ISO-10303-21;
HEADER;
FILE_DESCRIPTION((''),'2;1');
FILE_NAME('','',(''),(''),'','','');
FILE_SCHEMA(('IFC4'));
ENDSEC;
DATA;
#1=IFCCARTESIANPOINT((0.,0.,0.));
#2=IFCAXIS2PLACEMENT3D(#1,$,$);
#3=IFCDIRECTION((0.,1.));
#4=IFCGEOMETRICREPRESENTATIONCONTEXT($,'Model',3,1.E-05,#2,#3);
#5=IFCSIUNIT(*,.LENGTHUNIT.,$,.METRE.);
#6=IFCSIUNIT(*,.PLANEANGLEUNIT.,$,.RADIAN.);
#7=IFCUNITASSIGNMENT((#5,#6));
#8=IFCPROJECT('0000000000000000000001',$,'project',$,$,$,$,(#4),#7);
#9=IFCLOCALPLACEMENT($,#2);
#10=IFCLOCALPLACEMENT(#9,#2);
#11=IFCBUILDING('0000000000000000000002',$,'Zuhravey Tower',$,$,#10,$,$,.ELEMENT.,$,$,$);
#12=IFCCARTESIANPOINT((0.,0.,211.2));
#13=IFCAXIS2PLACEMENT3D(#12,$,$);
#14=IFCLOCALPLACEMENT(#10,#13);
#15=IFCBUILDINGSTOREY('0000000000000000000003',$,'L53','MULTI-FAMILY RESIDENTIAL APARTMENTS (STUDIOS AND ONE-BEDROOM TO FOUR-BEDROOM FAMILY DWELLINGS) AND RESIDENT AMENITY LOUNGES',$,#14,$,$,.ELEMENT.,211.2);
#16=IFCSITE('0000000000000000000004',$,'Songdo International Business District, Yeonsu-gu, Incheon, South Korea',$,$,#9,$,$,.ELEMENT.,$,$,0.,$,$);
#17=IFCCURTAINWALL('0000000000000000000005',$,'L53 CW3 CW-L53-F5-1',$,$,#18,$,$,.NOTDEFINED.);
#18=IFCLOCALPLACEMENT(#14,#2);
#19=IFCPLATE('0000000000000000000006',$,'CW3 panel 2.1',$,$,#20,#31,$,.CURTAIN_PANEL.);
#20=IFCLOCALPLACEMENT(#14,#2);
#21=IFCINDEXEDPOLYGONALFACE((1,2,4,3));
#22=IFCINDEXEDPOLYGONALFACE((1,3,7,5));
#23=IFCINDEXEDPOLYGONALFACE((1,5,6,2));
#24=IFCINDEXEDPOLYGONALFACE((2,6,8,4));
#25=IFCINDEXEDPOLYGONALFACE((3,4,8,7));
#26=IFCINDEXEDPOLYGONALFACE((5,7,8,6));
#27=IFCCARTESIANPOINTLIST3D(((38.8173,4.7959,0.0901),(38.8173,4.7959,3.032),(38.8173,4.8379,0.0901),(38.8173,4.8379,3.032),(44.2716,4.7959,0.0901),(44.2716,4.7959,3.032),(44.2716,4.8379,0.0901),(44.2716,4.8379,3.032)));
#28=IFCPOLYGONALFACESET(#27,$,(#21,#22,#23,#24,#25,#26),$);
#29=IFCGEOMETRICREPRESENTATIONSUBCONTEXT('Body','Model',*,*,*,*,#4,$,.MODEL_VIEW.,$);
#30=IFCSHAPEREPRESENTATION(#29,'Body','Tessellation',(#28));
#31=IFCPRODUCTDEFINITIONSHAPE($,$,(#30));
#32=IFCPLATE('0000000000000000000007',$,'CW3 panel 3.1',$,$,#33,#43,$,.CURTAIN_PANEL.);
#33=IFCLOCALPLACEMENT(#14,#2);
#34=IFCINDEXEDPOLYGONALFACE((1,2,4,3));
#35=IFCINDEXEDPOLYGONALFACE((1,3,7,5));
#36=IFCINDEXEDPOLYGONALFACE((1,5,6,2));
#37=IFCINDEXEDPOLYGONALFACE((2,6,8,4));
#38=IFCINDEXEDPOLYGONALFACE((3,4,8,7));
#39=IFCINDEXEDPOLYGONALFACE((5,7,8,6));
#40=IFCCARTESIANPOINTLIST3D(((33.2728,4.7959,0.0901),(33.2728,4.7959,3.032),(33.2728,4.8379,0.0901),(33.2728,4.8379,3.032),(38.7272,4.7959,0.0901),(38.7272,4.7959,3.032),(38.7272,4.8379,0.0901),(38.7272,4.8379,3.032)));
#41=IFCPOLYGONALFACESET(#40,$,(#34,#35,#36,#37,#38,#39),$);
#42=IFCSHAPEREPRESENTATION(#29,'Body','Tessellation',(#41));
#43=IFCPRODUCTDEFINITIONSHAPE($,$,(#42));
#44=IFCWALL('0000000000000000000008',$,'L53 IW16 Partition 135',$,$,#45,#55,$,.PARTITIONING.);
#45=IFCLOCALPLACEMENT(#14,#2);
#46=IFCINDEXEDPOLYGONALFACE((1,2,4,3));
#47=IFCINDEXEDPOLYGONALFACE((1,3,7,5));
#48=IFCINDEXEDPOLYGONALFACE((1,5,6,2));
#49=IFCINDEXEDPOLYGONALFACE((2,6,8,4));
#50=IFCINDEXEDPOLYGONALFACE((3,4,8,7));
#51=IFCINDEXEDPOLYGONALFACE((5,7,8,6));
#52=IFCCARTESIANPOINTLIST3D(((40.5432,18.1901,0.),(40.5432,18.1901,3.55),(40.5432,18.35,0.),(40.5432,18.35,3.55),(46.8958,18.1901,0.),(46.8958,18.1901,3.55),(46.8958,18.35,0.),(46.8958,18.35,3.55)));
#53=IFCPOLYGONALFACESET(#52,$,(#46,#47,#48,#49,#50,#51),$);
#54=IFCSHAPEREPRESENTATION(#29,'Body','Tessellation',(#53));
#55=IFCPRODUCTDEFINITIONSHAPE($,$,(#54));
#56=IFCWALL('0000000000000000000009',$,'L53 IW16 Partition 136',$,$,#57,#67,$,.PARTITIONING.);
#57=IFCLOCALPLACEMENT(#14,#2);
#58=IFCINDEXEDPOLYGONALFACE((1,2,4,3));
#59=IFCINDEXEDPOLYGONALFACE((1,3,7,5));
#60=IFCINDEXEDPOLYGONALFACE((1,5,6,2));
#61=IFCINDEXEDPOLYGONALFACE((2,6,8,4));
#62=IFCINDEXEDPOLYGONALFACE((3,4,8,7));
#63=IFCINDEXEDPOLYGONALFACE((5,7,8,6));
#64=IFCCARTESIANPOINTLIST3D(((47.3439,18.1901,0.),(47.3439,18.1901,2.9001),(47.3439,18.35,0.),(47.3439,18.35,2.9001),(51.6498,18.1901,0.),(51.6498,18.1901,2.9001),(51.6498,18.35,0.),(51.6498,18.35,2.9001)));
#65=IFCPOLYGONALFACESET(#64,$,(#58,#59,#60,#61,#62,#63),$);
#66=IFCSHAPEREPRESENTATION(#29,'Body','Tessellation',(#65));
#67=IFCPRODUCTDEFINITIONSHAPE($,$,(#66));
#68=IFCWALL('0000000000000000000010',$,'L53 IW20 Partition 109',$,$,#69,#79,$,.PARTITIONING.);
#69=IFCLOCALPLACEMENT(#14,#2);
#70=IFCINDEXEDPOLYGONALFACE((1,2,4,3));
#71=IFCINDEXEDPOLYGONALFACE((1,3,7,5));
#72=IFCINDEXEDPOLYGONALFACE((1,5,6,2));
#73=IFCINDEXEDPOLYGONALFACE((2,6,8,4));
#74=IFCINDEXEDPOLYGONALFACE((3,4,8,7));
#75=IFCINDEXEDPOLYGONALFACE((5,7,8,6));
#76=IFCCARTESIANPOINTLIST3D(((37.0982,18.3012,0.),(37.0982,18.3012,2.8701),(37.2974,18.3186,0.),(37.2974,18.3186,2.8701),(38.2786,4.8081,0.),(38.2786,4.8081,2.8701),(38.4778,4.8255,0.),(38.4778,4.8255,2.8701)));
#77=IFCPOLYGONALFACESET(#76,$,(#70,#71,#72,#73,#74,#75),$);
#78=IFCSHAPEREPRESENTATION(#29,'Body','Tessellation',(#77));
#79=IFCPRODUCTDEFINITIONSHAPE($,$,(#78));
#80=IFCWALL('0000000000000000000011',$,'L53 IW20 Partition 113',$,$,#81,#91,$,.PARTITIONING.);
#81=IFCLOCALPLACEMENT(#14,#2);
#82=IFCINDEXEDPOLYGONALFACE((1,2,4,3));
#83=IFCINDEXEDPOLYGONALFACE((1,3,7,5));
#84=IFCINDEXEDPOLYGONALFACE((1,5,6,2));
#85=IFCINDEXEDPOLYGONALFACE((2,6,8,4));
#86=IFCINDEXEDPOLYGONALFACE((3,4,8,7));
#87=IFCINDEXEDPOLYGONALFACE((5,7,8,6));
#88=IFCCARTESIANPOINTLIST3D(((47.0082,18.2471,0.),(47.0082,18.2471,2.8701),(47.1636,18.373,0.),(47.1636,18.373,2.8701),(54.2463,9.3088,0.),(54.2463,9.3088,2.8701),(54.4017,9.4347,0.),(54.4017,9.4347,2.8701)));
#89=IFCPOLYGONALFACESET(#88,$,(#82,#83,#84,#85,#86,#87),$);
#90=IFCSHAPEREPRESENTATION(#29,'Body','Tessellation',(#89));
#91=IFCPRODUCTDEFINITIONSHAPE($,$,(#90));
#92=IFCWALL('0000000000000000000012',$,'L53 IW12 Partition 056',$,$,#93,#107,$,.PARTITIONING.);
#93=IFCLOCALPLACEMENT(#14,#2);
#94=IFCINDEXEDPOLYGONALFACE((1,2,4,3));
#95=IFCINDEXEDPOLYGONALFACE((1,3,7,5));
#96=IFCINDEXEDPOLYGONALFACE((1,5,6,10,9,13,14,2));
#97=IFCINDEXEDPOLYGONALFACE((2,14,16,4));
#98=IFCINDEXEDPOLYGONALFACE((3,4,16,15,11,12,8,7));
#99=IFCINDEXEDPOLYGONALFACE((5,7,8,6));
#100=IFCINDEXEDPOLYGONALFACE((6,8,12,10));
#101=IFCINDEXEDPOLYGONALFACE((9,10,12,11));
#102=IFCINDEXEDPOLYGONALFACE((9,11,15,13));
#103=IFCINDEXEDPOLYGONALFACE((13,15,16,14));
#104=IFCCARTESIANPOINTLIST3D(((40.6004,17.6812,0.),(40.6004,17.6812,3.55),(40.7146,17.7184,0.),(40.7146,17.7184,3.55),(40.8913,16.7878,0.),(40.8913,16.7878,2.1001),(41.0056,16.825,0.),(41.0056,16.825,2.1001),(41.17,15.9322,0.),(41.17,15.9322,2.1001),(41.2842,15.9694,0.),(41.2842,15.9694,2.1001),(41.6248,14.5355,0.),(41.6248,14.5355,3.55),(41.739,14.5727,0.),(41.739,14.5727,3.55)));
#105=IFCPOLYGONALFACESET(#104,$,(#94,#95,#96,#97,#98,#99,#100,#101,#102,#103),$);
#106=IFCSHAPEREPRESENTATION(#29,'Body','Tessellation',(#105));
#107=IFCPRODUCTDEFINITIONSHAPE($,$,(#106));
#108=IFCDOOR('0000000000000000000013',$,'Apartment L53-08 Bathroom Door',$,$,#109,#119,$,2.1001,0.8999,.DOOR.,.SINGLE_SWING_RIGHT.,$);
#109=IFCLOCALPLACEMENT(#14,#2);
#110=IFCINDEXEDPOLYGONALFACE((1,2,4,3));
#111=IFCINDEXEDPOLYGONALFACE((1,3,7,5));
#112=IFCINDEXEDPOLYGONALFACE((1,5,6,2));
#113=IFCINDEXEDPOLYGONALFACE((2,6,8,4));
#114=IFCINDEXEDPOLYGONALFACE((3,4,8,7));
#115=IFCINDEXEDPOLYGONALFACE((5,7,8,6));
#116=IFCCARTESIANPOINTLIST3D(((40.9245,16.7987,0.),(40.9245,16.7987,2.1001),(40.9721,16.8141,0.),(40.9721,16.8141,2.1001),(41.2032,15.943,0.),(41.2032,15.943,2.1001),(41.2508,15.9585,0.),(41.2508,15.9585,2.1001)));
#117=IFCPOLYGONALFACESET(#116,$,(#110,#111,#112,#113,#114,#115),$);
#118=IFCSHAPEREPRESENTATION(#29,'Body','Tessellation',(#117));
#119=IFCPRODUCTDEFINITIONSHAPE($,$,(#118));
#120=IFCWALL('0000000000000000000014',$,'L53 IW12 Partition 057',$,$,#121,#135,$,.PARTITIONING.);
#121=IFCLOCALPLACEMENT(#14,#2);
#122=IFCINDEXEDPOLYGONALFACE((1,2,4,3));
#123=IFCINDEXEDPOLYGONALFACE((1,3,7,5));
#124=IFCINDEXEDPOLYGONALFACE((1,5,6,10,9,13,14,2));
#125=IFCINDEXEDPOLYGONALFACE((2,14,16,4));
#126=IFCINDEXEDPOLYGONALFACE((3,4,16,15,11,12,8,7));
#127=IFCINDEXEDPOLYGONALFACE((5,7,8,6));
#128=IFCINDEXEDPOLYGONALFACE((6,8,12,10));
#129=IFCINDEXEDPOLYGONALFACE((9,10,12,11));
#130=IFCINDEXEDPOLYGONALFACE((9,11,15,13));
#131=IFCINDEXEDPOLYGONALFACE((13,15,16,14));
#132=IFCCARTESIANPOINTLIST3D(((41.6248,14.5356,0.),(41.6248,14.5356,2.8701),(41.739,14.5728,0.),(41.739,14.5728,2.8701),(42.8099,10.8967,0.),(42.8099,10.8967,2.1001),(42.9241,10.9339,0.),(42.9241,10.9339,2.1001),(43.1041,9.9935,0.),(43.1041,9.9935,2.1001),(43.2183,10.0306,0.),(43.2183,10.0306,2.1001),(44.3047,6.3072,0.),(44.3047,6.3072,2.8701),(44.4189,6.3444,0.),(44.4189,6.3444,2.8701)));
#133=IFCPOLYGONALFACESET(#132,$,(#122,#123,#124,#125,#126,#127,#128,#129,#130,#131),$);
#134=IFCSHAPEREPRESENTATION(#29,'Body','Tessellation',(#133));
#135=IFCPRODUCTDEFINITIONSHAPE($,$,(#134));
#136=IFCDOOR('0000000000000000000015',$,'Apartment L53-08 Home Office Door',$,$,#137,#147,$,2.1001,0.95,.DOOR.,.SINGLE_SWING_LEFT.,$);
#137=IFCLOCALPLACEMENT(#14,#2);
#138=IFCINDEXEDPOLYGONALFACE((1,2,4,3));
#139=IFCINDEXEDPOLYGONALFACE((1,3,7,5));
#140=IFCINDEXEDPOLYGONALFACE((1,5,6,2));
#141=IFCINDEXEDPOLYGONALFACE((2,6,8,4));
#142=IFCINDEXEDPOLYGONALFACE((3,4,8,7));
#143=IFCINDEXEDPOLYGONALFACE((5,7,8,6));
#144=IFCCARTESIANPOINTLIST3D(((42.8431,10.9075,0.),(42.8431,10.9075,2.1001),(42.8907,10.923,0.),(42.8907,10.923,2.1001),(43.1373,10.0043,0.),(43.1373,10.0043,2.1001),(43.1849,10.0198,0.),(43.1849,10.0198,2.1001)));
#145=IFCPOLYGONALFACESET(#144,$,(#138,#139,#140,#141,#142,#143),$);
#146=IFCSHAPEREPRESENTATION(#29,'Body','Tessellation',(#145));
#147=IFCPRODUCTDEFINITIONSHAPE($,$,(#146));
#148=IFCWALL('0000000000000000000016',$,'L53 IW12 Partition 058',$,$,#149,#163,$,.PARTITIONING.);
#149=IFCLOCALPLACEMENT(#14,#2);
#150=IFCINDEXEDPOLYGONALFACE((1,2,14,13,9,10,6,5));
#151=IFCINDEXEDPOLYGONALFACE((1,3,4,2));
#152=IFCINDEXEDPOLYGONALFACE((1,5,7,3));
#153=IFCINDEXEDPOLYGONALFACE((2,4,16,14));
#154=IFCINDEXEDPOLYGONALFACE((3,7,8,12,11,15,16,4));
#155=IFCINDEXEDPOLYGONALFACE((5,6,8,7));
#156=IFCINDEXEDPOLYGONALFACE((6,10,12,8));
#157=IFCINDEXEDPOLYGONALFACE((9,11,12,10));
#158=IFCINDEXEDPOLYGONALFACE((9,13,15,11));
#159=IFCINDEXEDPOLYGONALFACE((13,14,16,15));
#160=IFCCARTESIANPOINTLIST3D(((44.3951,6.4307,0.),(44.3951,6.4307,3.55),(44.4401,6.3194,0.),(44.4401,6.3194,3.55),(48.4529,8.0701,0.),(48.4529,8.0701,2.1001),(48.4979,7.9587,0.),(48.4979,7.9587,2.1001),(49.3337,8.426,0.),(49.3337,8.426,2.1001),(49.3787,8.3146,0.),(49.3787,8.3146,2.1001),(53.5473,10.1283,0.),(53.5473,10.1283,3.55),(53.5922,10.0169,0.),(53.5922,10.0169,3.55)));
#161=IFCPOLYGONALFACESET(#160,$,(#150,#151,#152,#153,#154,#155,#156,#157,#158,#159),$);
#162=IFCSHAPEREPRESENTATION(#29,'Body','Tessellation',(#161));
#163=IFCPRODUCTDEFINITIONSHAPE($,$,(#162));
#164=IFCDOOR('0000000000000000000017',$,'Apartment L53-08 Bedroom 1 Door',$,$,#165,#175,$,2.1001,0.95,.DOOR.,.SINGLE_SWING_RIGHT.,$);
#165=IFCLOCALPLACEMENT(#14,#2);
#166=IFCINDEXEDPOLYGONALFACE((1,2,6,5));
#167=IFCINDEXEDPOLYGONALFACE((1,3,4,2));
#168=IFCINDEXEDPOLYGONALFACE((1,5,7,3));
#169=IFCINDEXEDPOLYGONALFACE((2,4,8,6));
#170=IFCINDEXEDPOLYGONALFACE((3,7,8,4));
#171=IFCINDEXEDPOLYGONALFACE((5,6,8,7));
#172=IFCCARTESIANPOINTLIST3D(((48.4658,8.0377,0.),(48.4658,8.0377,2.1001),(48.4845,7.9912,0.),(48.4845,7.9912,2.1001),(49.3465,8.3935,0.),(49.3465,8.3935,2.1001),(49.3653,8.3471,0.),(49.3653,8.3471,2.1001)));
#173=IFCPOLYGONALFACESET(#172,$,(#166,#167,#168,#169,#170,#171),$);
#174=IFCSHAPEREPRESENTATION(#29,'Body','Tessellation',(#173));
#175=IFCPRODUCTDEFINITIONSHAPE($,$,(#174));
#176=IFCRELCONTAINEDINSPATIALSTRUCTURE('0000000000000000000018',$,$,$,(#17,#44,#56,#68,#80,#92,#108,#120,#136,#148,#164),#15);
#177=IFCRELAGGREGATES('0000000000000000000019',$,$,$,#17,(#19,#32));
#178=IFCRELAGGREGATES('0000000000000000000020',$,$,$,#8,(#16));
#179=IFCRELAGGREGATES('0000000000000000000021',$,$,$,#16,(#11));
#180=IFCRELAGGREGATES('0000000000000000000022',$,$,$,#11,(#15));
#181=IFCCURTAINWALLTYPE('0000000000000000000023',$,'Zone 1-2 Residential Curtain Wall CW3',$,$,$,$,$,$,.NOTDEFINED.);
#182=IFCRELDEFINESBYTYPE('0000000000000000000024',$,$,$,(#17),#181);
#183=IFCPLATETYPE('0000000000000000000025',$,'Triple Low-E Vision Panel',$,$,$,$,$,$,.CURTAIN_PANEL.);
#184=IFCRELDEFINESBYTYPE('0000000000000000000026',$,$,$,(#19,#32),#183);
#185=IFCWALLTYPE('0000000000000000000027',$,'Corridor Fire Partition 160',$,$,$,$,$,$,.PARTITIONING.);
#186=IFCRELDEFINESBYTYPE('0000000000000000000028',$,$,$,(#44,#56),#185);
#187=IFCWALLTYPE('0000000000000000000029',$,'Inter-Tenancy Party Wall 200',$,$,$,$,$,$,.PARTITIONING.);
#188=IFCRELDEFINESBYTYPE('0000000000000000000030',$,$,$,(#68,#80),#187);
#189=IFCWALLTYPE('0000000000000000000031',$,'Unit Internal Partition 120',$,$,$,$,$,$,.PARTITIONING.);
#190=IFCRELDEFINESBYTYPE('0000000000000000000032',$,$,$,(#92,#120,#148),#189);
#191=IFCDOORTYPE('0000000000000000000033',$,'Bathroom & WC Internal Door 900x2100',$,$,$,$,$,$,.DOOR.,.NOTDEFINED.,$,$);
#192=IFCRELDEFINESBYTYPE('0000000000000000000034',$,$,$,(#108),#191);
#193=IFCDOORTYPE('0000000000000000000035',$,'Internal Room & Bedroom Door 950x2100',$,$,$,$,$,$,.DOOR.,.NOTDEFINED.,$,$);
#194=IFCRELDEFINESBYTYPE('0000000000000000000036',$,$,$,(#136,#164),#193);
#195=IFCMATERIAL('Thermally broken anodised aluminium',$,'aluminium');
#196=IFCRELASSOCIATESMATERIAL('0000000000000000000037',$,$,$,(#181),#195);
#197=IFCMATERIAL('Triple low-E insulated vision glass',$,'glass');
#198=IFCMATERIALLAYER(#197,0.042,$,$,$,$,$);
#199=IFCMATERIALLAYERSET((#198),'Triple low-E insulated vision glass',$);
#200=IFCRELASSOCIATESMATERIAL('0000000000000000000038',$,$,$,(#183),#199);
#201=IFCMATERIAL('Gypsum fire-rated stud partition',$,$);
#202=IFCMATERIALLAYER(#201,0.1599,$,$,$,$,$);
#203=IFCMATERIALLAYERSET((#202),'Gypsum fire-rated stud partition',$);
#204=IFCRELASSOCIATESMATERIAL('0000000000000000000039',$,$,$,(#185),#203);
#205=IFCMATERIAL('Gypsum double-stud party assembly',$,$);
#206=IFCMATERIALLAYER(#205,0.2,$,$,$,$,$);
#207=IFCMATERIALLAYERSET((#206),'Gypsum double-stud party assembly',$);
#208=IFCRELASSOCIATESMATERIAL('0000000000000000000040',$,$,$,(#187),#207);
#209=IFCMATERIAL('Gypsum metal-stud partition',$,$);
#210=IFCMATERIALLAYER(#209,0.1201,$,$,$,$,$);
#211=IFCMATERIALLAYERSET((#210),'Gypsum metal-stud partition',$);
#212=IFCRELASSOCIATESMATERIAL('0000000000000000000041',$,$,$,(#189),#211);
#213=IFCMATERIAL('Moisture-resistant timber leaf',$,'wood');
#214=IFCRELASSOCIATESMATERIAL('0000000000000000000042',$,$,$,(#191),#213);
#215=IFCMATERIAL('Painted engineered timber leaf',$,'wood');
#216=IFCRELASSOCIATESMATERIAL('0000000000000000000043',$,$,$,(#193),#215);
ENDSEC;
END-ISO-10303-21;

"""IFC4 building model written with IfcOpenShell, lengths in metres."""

from ifc_helpers import new_model, si_unit, direction, frame, frame_2d, origin, origin_2d, place, context, subcontext, project, spatial, rectangle, extrude, material, layer, layer_set, type_object, element, fill, aggregate, save


model = new_model("IFC4")

# Units and contexts
model_context = context("Model", 3, precision=1e-05, world=origin(), true_north=direction((0.0, 1.0)))
body_context = subcontext(model_context, "Body", "Model", "MODEL_VIEW")
ifc_project = project(units=[si_unit("LENGTHUNIT", "METRE"), si_unit("PLANEANGLEUNIT", "RADIAN")], contexts=[model_context])

# Site, building, storey
site_placement = place(None, origin())
site = spatial("IfcSite", under=ifc_project, at=site_placement, Name="Songdo International Business District, Yeonsu-gu, Incheon, South Korea", CompositionType="ELEMENT", RefElevation=0.0)
building_placement = place(site_placement, origin())
building = spatial("IfcBuilding", under=site, at=building_placement, Name="Zuhravey Tower", CompositionType="ELEMENT")
storey_placement = place(building_placement, frame((0.0, 0.0, 211.2)))
storey = spatial("IfcBuildingStorey", under=building, at=storey_placement, Name="L53", Description="MULTI-FAMILY RESIDENTIAL APARTMENTS (STUDIOS AND ONE-BEDROOM TO FOUR-BEDROOM FAMILY DWELLINGS) AND RESIDENT AMENITY LOUNGES", CompositionType="ELEMENT", Elevation=211.2)

# Curtain wall
ifc_material_1 = material(Name="Thermally broken anodised aluminium", Category="aluminium")
curtain_wall_type = type_object("IfcCurtainWallType", Name="Zone 1-2 Residential Curtain Wall CW3", PredefinedType="NOTDEFINED", material=ifc_material_1)
curtain_wall_placement = place(storey_placement, origin())
curtain_wall = element("IfcCurtainWall", 1, at=curtain_wall_placement, inside=storey, type_object=curtain_wall_type, Name="L53 CW3 CW-L53-F5-1", PredefinedType="NOTDEFINED")

# Plates
ifc_material_2 = material(Name="Triple low-E insulated vision glass", Category="glass")
ifc_layer_1 = layer(ifc_material_2, 0.042)
ifc_layer_set_1 = layer_set([ifc_layer_1], Name="Triple low-E insulated vision glass")
plate_type = type_object("IfcPlateType", Name="Triple Low-E Vision Panel", PredefinedType="CURTAIN_PANEL", material=ifc_layer_set_1)
plate_1_placement = place(storey_placement, frame((41.5444, 4.8169, 0.0901), z_axis=(0.0, 0.0, 1.0), x_axis=(-1.0, 0.0, 0.0)))
plate_1 = element("IfcPlate", 2, at=plate_1_placement, type_object=plate_type, Name="CW3 panel 2.1", PredefinedType="CURTAIN_PANEL", context=body_context, shape_type="SweptSolid", body=[
    extrude(rectangle(XDim=5.4543, YDim=0.042, at=origin_2d()), origin(), (0.0, 0.0, 1.0), 2.9419),
])
plate_2_placement = place(storey_placement, frame((36.0, 4.8169, 0.0901), z_axis=(0.0, 0.0, 1.0), x_axis=(-1.0, 0.0, 0.0)))
plate_2 = element("IfcPlate", 3, at=plate_2_placement, type_object=plate_type, Name="CW3 panel 3.1", PredefinedType="CURTAIN_PANEL", context=body_context, shape_type="SweptSolid", body=[
    extrude(rectangle(XDim=5.4543, YDim=0.042, at=origin_2d()), origin(), (0.0, 0.0, 1.0), 2.9419),
])
aggregate(curtain_wall, [plate_1, plate_2])

# Shared definitions
ifc_material_3 = material(Name="Gypsum fire-rated stud partition")
ifc_layer_2 = layer(ifc_material_3, 0.1599)
ifc_layer_set_2 = layer_set([ifc_layer_2], Name="Gypsum fire-rated stud partition")
wall_type_1 = type_object("IfcWallType", Name="Corridor Fire Partition 160", PredefinedType="PARTITIONING", material=ifc_layer_set_2)

# Walls
wall_1_placement = place(storey_placement, frame((40.5432, 18.27, 0.0), z_axis=(0.0, 0.0, 1.0), x_axis=(1.0, 0.0, 0.0)))
element("IfcWall", 4, at=wall_1_placement, inside=storey, type_object=wall_type_1, Name="L53 IW16 Partition 135", PredefinedType="PARTITIONING", context=body_context, shape_type="SweptSolid", body=[
    extrude(rectangle(XDim=6.3525, YDim=0.1599, at=frame_2d((3.1763, 0.0))), origin(), (0.0, 0.0, 1.0), 3.55),
])
wall_2_placement = place(storey_placement, frame((47.344, 18.27, 0.0), z_axis=(0.0, 0.0, 1.0), x_axis=(1.0, 0.0, 0.0)))
element("IfcWall", 5, at=wall_2_placement, inside=storey, type_object=wall_type_1, Name="L53 IW16 Partition 136", PredefinedType="PARTITIONING", context=body_context, shape_type="SweptSolid", body=[
    extrude(rectangle(XDim=4.3059, YDim=0.1599, at=frame_2d((2.1528, 0.0))), origin(), (0.0, 0.0, 1.0), 2.9001),
])
ifc_material_4 = material(Name="Gypsum double-stud party assembly")
ifc_layer_3 = layer(ifc_material_4, 0.2)
ifc_layer_set_3 = layer_set([ifc_layer_3], Name="Gypsum double-stud party assembly")
wall_type_2 = type_object("IfcWallType", Name="Inter-Tenancy Party Wall 200", PredefinedType="PARTITIONING", material=ifc_layer_set_3)
wall_3_placement = place(storey_placement, frame((37.1978, 18.3101, 0.0), z_axis=(0.0, 0.0, 1.0), x_axis=(0.08715, -0.996195, 0.0)))
element("IfcWall", 6, at=wall_3_placement, inside=storey, type_object=wall_type_2, Name="L53 IW20 Partition 109", PredefinedType="PARTITIONING", context=body_context, shape_type="SweptSolid", body=[
    extrude(rectangle(XDim=13.5447, YDim=0.2, at=frame_2d((6.7725, 0.0))), origin(), (0.0, 0.0, 1.0), 2.8701),
])
wall_4_placement = place(storey_placement, frame((47.0859, 18.3101, 0.0), z_axis=(0.0, 0.0, 1.0), x_axis=(0.62932, -0.777146, 0.0)))
element("IfcWall", 7, at=wall_4_placement, inside=storey, type_object=wall_type_2, Name="L53 IW20 Partition 113", PredefinedType="PARTITIONING", context=body_context, shape_type="SweptSolid", body=[
    extrude(rectangle(XDim=11.5015, YDim=0.2, at=frame_2d((5.7507, 0.0))), origin(), (0.0, 0.0, 1.0), 2.8701),
])

# Walls, openings, doors
ifc_material_5 = material(Name="Gypsum metal-stud partition")
ifc_layer_4 = layer(ifc_material_5, 0.1201)
ifc_layer_set_4 = layer_set([ifc_layer_4], Name="Gypsum metal-stud partition")
wall_type_3 = type_object("IfcWallType", Name="Unit Internal Partition 120", PredefinedType="PARTITIONING", material=ifc_layer_set_4)
wall_5_placement = place(storey_placement, frame((40.6575, 17.7, 0.0), z_axis=(0.0, 0.0, 1.0), x_axis=(0.309645, -0.950852, 0.0)))
wall_5 = element("IfcWall", 8, at=wall_5_placement, inside=storey, type_object=wall_type_3, Name="L53 IW12 Partition 056", PredefinedType="PARTITIONING", context=body_context, shape_type="SweptSolid", body=[
    extrude(rectangle(XDim=3.3083, YDim=0.1201, at=frame_2d((1.6543, 0.0))), origin(), (0.0, 0.0, 1.0), 3.55),
])
opening_1_placement = place(wall_5_placement, frame((0.9397, 0.0, 0.0)))
opening_1 = element("IfcOpeningElement", 9, at=opening_1_placement, cuts=wall_5, PredefinedType="OPENING", context=body_context, shape_type="SweptSolid", body=[
    extrude(rectangle(XDim=0.8999, YDim=2.1001, at=frame_2d((0.45, 1.05))), frame((0.0, 0.072, 0.0), z_axis=(0.0, -1.0, 0.0), x_axis=(1.0, 0.0, 0.0)), (0.0, 0.0, 1.0), 0.144),
])
ifc_material_6 = material(Name="Moisture-resistant timber leaf", Category="wood")
door_type_1 = type_object("IfcDoorType", Name="Bathroom & WC Internal Door 900x2100", OperationType="NOTDEFINED", PredefinedType="DOOR", material=ifc_material_6)
door_1_placement = place(opening_1_placement, origin())
door_1 = element("IfcDoor", 10, at=door_1_placement, inside=storey, type_object=door_type_1, Name="Apartment L53-08 Bathroom Door", OperationType="SINGLE_SWING_RIGHT", OverallHeight=2.1001, OverallWidth=0.8999, PredefinedType="DOOR", context=body_context, shape_type="SweptSolid", body=[
    extrude(rectangle(XDim=0.8999, YDim=2.1001, at=frame_2d((0.45, 1.05))), frame((0.0, 0.0249, 0.0), z_axis=(0.0, -1.0, 0.0), x_axis=(1.0, 0.0, 0.0)), (0.0, 0.0, 1.0), 0.05),
])
fill(opening_1, door_1)
wall_6_placement = place(storey_placement, frame((41.6819, 14.5542, 0.0), z_axis=(0.0, 0.0, 1.0), x_axis=(0.309678, -0.950841, 0.0)))
wall_6 = element("IfcWall", 11, at=wall_6_placement, inside=storey, type_object=wall_type_3, Name="L53 IW12 Partition 057", PredefinedType="PARTITIONING", context=body_context, shape_type="SweptSolid", body=[
    extrude(rectangle(XDim=8.6538, YDim=0.1201, at=frame_2d((4.3269, 0.0))), origin(), (0.0, 0.0, 1.0), 2.8701),
])
opening_2_placement = place(wall_6_placement, frame((3.8269, 0.0, 0.0)))
opening_2 = element("IfcOpeningElement", 12, at=opening_2_placement, cuts=wall_6, PredefinedType="OPENING", context=body_context, shape_type="SweptSolid", body=[
    extrude(rectangle(XDim=0.95, YDim=2.1001, at=frame_2d((0.4751, 1.05))), frame((0.0, 0.072, 0.0), z_axis=(0.0, -1.0, 0.0), x_axis=(1.0, 0.0, 0.0)), (0.0, 0.0, 1.0), 0.144),
])
ifc_material_7 = material(Name="Painted engineered timber leaf", Category="wood")
door_type_2 = type_object("IfcDoorType", Name="Internal Room & Bedroom Door 950x2100", OperationType="NOTDEFINED", PredefinedType="DOOR", material=ifc_material_7)
door_2_placement = place(opening_2_placement, origin())
door_2 = element("IfcDoor", 13, at=door_2_placement, inside=storey, type_object=door_type_2, Name="Apartment L53-08 Home Office Door", OperationType="SINGLE_SWING_LEFT", OverallHeight=2.1001, OverallWidth=0.95, PredefinedType="DOOR", context=body_context, shape_type="SweptSolid", body=[
    extrude(rectangle(XDim=0.95, YDim=2.1001, at=frame_2d((0.4751, 1.05))), frame((0.0, 0.0249, 0.0), z_axis=(0.0, -1.0, 0.0), x_axis=(1.0, 0.0, 0.0)), (0.0, 0.0, 1.0), 0.05),
])
fill(opening_2, door_2)
wall_7_placement = place(storey_placement, frame((44.4175, 6.375, 0.0), z_axis=(0.0, 0.0, 1.0), x_axis=(0.92719, 0.374591, 0.0)))
wall_7 = element("IfcWall", 14, at=wall_7_placement, inside=storey, type_object=wall_type_3, Name="L53 IW12 Partition 058", PredefinedType="PARTITIONING", context=body_context, shape_type="SweptSolid", body=[
    extrude(rectangle(XDim=9.8708, YDim=0.1201, at=frame_2d((4.9355, 0.0))), origin(), (0.0, 0.0, 1.0), 3.55),
])
opening_3_placement = place(wall_7_placement, frame((4.3765, 0.0, 0.0)))
opening_3 = element("IfcOpeningElement", 15, at=opening_3_placement, cuts=wall_7, PredefinedType="OPENING", context=body_context, shape_type="SweptSolid", body=[
    extrude(rectangle(XDim=0.95, YDim=2.1001, at=frame_2d((0.4751, 1.05))), frame((0.0, 0.072, 0.0), z_axis=(0.0, -1.0, 0.0), x_axis=(1.0, 0.0, 0.0)), (0.0, 0.0, 1.0), 0.144),
])
door_3_placement = place(opening_3_placement, frame((0.95, 0.0, 0.0), z_axis=(0.0, 0.0, 1.0), x_axis=(-1.0, 0.0, 0.0)))
door_3 = element("IfcDoor", 16, at=door_3_placement, inside=storey, type_object=door_type_2, Name="Apartment L53-08 Bedroom 1 Door", OperationType="SINGLE_SWING_RIGHT", OverallHeight=2.1001, OverallWidth=0.95, PredefinedType="DOOR", context=body_context, shape_type="SweptSolid", body=[
    extrude(rectangle(XDim=0.95, YDim=2.1001, at=frame_2d((0.4751, 1.05))), frame((0.0, 0.0249, 0.0), z_axis=(0.0, -1.0, 0.0), x_axis=(1.0, 0.0, 0.0)), (0.0, 0.0, 1.0), 0.05),
])
fill(opening_3, door_3)

save(model, "model.ifc")
